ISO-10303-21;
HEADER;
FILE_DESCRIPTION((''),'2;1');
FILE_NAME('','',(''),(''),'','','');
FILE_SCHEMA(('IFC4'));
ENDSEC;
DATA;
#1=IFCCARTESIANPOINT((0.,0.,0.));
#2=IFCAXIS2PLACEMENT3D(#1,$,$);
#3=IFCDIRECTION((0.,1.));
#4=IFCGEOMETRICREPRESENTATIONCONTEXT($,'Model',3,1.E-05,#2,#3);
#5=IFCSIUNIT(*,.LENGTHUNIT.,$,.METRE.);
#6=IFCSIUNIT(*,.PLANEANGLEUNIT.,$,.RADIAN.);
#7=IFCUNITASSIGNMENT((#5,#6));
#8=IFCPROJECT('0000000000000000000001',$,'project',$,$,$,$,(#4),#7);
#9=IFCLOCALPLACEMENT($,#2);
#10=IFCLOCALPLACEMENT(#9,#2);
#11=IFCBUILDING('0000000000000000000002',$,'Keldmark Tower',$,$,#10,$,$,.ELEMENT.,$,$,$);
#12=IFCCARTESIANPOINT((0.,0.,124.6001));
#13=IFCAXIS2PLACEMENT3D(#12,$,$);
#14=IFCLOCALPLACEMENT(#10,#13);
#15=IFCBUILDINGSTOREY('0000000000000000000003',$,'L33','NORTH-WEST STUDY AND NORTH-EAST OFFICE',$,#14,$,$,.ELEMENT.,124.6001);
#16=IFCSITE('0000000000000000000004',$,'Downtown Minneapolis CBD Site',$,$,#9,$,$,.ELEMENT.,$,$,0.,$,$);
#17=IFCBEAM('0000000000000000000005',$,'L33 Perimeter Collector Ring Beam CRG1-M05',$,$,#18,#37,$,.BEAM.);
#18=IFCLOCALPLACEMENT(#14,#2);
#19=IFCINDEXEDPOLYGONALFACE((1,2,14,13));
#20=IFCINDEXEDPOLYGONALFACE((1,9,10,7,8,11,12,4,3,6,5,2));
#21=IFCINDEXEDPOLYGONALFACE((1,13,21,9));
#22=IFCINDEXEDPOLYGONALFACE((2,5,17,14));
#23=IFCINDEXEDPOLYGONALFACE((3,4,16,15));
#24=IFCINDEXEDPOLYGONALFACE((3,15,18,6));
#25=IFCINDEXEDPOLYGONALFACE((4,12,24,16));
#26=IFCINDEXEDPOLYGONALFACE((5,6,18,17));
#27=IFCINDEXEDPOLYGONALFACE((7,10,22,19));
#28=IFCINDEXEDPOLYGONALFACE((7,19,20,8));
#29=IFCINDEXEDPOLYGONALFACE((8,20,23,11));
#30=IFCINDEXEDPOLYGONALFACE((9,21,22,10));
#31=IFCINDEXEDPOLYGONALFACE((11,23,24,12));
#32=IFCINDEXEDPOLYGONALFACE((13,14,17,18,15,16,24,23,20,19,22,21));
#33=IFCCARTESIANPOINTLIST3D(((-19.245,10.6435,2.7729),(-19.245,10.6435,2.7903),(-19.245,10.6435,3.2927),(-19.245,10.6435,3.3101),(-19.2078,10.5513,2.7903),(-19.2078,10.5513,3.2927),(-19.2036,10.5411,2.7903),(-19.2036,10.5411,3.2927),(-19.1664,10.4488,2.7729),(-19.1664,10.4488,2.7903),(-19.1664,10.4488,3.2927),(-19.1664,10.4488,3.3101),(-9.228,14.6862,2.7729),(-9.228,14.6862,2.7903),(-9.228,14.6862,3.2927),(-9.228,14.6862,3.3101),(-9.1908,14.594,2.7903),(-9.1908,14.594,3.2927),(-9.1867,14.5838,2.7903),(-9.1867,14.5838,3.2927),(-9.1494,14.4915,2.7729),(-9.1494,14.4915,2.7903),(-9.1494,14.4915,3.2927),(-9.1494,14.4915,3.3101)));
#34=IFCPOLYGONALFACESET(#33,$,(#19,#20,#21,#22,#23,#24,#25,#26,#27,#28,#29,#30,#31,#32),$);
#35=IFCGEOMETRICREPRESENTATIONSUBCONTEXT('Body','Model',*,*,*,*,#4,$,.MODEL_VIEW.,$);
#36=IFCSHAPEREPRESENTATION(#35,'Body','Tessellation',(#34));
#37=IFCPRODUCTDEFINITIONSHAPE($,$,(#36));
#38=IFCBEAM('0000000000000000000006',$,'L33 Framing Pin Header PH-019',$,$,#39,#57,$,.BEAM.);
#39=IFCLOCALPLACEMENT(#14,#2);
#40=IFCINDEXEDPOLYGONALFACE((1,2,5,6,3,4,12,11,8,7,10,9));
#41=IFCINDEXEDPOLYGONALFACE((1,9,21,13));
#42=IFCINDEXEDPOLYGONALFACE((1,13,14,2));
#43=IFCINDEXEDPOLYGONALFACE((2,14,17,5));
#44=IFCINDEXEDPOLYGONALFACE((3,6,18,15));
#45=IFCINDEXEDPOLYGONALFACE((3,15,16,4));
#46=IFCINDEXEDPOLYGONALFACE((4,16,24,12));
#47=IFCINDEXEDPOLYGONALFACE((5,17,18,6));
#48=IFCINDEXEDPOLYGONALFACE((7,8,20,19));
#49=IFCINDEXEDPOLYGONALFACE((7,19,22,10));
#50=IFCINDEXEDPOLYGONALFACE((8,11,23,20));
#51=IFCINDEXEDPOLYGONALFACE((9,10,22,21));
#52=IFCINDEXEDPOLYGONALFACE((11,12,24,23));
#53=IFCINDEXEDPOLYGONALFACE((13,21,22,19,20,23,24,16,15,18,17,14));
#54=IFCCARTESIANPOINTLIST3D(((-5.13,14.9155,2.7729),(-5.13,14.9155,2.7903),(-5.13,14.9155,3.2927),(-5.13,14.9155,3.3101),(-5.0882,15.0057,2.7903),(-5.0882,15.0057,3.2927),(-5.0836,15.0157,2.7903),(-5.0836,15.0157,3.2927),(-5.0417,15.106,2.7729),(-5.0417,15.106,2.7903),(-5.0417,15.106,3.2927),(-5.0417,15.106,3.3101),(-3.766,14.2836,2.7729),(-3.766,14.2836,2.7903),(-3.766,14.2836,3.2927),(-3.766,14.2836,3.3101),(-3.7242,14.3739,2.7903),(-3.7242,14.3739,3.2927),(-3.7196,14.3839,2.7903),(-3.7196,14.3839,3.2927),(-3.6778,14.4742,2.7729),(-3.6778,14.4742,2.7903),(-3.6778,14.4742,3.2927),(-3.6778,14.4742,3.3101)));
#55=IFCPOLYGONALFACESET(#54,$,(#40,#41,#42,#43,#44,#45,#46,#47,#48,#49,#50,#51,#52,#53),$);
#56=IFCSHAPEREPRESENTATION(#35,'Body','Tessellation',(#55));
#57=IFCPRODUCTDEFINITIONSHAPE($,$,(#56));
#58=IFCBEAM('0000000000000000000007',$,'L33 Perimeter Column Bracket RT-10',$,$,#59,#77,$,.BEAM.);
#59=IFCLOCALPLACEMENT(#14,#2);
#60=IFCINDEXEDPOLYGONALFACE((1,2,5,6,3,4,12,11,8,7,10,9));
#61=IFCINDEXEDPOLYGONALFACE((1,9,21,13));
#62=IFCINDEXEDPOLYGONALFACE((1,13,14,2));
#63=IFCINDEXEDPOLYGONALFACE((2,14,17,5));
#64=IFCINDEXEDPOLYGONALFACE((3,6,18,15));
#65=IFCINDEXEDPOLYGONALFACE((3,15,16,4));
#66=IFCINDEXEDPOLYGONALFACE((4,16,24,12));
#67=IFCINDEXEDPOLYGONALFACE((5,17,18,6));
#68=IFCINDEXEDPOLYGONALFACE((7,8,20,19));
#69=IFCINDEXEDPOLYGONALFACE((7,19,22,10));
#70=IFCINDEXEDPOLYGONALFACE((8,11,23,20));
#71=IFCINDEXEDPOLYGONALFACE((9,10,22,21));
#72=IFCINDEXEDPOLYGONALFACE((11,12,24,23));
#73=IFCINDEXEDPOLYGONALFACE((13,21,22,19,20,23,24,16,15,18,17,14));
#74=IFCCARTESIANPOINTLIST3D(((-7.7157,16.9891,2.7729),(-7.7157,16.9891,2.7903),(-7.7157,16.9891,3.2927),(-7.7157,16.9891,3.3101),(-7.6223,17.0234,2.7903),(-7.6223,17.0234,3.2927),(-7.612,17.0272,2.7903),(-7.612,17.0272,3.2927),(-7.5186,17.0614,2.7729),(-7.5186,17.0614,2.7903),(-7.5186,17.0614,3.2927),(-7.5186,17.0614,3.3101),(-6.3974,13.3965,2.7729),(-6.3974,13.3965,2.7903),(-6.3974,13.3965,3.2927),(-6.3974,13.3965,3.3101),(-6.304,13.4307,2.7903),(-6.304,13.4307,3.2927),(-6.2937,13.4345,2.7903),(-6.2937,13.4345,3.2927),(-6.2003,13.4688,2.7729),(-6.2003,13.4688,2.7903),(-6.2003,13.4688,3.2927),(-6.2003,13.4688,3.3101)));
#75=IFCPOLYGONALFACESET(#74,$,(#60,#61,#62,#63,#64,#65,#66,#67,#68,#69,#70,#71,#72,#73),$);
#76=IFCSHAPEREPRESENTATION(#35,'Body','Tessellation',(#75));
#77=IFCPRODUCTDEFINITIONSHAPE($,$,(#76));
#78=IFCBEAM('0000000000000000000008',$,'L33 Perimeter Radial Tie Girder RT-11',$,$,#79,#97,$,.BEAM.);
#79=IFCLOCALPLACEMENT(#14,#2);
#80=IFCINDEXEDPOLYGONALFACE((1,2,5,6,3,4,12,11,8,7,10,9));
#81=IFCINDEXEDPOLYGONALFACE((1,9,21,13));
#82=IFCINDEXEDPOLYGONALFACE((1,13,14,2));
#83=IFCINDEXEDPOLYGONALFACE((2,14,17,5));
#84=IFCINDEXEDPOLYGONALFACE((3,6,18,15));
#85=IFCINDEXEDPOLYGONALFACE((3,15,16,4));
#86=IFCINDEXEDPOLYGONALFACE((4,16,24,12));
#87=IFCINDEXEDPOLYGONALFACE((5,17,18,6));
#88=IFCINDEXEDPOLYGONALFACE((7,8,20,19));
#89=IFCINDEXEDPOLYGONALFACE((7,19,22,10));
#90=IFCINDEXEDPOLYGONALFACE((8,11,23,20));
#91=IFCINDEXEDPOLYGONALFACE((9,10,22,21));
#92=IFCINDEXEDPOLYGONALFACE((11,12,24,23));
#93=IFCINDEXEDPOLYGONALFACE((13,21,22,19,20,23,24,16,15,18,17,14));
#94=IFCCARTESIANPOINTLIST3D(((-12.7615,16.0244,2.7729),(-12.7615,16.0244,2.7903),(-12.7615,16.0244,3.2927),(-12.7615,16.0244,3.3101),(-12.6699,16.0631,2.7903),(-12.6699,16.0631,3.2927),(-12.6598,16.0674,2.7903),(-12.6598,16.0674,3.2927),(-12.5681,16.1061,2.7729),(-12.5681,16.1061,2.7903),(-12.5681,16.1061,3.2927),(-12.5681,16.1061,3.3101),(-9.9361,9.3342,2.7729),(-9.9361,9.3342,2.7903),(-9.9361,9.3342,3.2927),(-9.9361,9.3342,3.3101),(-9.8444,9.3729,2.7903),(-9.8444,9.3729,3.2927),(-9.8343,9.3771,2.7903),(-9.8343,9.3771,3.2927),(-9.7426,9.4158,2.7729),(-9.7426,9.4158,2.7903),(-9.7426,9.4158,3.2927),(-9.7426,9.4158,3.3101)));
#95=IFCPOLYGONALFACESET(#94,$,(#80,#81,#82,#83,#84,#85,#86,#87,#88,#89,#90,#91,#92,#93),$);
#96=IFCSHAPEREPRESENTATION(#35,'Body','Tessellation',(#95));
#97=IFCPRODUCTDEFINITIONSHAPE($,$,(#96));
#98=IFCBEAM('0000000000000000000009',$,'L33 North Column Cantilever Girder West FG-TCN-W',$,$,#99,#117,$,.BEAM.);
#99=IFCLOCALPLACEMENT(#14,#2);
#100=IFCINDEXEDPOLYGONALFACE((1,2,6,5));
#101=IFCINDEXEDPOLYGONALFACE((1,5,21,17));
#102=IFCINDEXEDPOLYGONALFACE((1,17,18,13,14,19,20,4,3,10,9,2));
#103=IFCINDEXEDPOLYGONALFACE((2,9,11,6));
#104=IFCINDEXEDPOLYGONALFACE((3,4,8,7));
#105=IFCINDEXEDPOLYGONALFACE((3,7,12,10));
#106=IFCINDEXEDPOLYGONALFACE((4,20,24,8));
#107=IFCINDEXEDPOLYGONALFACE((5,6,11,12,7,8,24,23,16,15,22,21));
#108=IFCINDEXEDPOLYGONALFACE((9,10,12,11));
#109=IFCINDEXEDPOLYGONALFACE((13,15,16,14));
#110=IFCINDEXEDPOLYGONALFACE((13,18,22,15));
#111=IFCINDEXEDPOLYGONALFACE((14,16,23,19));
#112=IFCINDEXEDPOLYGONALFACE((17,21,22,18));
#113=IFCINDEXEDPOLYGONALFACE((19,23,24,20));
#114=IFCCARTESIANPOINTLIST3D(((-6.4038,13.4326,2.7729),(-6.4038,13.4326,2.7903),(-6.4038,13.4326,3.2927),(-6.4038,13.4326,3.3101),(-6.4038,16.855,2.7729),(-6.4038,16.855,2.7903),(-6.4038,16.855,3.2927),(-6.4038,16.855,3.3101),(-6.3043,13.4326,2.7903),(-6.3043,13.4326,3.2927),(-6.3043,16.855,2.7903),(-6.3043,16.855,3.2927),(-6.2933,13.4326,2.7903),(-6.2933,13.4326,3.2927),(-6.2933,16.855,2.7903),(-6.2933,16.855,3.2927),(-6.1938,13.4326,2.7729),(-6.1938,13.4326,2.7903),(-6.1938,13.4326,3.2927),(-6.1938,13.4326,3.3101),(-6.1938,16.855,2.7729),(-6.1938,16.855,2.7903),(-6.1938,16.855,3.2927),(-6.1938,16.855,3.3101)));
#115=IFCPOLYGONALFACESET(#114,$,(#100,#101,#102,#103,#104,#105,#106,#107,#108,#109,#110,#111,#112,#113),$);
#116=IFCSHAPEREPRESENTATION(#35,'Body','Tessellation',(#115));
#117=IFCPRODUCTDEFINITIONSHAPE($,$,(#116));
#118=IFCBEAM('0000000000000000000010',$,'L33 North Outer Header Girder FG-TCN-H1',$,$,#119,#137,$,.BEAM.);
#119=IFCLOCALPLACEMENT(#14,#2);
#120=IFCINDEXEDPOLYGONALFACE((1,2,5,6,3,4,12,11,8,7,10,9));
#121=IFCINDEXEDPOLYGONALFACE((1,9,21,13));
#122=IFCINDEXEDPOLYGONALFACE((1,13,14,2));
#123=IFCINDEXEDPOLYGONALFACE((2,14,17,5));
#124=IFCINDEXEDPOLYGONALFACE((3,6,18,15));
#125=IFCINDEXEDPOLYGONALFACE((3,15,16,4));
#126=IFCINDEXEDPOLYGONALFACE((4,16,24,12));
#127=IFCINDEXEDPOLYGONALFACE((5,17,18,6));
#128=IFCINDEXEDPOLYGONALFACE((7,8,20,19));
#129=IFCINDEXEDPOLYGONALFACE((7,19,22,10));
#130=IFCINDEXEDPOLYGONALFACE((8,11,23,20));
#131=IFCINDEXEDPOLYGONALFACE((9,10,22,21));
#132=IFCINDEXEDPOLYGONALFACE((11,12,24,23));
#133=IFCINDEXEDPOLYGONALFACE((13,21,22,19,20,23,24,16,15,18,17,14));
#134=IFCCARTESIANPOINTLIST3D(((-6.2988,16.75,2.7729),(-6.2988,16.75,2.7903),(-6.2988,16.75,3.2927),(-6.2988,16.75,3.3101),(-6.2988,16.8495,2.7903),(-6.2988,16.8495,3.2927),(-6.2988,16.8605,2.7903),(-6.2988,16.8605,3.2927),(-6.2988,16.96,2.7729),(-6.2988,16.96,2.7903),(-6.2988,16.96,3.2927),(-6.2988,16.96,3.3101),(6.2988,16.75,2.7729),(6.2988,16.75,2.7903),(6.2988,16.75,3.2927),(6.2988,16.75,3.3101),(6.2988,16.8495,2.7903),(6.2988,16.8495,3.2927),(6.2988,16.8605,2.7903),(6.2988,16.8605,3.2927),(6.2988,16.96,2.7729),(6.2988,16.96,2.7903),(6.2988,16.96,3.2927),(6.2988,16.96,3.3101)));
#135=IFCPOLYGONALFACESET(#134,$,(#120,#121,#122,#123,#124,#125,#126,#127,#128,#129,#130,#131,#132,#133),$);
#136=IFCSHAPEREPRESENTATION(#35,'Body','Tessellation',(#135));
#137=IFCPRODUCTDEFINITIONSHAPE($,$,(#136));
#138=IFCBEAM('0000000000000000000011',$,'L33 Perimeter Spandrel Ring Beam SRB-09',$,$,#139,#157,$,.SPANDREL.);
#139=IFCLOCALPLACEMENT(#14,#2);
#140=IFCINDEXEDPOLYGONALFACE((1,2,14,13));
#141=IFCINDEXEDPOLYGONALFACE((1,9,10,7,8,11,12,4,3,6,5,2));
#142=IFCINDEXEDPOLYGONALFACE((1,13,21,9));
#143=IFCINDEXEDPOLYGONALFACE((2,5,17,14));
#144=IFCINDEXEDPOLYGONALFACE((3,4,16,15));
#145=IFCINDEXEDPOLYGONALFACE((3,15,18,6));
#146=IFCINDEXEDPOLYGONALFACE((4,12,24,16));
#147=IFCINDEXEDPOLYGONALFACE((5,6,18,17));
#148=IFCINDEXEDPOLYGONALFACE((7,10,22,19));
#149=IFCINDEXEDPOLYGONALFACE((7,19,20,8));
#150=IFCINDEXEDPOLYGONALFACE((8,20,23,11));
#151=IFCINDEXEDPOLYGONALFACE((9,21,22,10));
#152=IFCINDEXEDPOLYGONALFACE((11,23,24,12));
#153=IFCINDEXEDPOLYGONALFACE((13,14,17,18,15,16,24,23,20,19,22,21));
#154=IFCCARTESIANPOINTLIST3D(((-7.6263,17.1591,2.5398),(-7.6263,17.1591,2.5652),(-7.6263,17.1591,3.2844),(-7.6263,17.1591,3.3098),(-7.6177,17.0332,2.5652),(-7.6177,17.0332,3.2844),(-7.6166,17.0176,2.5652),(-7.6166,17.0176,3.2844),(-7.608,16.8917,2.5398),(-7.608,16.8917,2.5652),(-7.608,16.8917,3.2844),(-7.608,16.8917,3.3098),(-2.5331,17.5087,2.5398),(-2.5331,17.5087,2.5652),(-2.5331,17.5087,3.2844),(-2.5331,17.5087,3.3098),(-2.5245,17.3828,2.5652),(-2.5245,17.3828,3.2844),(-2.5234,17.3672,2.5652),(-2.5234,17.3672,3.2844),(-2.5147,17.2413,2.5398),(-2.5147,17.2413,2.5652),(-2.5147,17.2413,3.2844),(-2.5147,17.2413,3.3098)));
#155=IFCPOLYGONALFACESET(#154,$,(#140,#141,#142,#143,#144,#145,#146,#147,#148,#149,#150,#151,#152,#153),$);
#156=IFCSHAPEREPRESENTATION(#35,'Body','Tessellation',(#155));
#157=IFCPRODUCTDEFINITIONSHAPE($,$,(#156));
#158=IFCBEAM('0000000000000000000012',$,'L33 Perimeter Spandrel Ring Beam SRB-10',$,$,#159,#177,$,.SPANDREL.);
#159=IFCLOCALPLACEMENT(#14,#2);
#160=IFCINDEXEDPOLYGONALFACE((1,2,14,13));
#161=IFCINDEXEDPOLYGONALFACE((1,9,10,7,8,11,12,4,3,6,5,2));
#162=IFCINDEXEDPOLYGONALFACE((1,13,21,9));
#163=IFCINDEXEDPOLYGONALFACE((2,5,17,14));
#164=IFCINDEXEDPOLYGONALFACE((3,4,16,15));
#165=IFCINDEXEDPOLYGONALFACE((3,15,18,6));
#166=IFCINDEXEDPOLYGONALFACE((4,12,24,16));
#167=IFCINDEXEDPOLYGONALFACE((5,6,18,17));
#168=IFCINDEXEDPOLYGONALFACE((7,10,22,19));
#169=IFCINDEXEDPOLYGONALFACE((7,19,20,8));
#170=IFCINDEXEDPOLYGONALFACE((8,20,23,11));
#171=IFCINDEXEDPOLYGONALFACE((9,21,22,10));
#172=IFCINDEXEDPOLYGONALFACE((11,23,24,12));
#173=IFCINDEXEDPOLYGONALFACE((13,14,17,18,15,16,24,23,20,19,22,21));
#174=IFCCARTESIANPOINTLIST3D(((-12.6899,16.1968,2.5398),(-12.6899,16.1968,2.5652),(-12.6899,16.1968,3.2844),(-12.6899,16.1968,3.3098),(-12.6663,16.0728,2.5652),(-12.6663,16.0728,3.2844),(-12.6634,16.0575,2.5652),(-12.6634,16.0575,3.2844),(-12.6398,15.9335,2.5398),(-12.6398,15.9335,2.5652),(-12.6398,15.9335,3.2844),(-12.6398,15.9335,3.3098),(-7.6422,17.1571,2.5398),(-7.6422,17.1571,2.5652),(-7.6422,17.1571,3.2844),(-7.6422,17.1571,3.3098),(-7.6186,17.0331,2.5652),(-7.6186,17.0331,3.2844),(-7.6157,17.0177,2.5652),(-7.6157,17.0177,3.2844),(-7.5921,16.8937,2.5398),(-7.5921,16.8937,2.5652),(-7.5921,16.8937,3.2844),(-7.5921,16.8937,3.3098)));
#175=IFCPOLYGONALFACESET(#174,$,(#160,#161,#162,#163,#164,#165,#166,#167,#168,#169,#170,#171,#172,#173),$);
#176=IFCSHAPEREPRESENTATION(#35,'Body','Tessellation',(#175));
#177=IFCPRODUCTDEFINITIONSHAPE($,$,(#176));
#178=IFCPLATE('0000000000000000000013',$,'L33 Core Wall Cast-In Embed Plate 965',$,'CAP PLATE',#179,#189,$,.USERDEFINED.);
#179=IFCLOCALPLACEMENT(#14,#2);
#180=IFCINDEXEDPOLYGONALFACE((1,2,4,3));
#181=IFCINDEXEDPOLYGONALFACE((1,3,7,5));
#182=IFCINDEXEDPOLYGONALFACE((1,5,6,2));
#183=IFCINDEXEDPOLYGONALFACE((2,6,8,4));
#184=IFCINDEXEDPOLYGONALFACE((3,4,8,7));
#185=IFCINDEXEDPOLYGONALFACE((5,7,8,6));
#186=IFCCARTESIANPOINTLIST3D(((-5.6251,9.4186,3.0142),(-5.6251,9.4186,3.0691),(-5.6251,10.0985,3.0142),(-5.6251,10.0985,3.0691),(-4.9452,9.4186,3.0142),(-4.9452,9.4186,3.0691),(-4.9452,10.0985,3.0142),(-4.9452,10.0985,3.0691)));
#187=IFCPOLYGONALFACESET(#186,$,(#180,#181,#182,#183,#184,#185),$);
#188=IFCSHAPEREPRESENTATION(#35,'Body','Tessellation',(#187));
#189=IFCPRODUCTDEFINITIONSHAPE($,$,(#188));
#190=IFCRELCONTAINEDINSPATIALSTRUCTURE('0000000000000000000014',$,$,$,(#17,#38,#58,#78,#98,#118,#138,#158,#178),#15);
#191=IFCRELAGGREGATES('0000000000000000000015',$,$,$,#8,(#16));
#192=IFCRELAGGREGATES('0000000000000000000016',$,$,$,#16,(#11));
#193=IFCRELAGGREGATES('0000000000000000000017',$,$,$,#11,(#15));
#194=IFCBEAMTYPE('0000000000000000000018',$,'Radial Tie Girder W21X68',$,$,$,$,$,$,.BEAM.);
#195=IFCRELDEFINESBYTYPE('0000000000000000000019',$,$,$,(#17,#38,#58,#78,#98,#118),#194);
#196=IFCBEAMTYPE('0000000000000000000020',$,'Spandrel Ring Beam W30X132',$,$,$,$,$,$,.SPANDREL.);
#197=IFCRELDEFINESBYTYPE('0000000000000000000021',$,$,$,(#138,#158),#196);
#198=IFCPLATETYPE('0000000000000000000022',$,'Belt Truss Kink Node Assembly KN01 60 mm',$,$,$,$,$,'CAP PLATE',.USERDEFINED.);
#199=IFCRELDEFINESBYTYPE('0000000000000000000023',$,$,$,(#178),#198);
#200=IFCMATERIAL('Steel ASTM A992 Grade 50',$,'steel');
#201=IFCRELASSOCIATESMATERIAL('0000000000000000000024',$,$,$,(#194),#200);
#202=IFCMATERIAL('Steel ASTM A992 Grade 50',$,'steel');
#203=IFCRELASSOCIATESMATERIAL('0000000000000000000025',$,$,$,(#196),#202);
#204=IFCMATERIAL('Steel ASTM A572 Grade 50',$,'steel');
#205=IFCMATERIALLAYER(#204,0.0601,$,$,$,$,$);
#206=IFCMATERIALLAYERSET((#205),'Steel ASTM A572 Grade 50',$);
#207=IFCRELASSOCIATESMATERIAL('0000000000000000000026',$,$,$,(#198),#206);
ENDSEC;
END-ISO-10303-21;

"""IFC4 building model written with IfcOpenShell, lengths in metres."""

from ifc_helpers import new_model, si_unit, direction, frame, origin, origin_2d, place, context, subcontext, project, spatial, rectangle, i_section, extrude, material, layer, layer_set, material_profile, profile_set, type_object, element, save


model = new_model("IFC4")

# Units and contexts
model_context = context("Model", 3, precision=1e-05, world=origin(), true_north=direction((0.0, 1.0)))
body_context = subcontext(model_context, "Body", "Model", "MODEL_VIEW")
ifc_project = project(units=[si_unit("LENGTHUNIT", "METRE"), si_unit("PLANEANGLEUNIT", "RADIAN")], contexts=[model_context])

# Site, building, storey
site_placement = place(None, origin())
site = spatial("IfcSite", under=ifc_project, at=site_placement, Name="Downtown Minneapolis CBD Site", CompositionType="ELEMENT", RefElevation=0.0)
building_placement = place(site_placement, origin())
building = spatial("IfcBuilding", under=site, at=building_placement, Name="Keldmark Tower", CompositionType="ELEMENT")
storey_placement = place(building_placement, frame((0.0, 0.0, 124.6001)))
storey = spatial("IfcBuildingStorey", under=building, at=storey_placement, Name="L33", Description="NORTH-WEST STUDY AND NORTH-EAST OFFICE", CompositionType="ELEMENT", Elevation=124.6001)

# Beams
ifc_material_1 = material(Name="Steel ASTM A992 Grade 50", Category="steel")
ifc_material_profile_1 = material_profile(ifc_material_1, i_section(OverallWidth=0.21, OverallDepth=0.5371, WebThickness=0.011, FlangeThickness=0.0173, at=origin_2d()), Name="W21X68")
ifc_profile_set_1 = profile_set([ifc_material_profile_1], Name="Steel ASTM A992 Grade 50")
beam_type_1 = type_object("IfcBeamType", Name="Radial Tie Girder W21X68", PredefinedType="BEAM", material=ifc_profile_set_1)
beam_1_placement = place(storey_placement, frame((-9.1887, 14.5889, 3.0415), z_axis=(-0.927327, -0.374253, 0.0), x_axis=(0.374253, -0.927327, 0.0)))
element("IfcBeam", 1, at=beam_1_placement, inside=storey, type_object=beam_type_1, Name="L33 Perimeter Collector Ring Beam CRG1-M05", PredefinedType="BEAM", context=body_context, shape_type="SweptSolid", body=[
    extrude(i_section(OverallWidth=0.21, OverallDepth=0.5371, WebThickness=0.011, FlangeThickness=0.0173, at=origin_2d()), origin(), (0.0, 0.0, 1.0), 10.802),
])
beam_2_placement = place(storey_placement, frame((-3.7219, 14.3789, 3.0415), z_axis=(-0.907379, 0.420314, 0.0), x_axis=(-0.420314, -0.907379, 0.0)))
element("IfcBeam", 2, at=beam_2_placement, inside=storey, type_object=beam_type_1, Name="L33 Framing Pin Header PH-019", PredefinedType="BEAM", context=body_context, shape_type="SweptSolid", body=[
    extrude(i_section(OverallWidth=0.21, OverallDepth=0.5371, WebThickness=0.011, FlangeThickness=0.0173, at=origin_2d()), origin(), (0.0, 0.0, 1.0), 1.5032),
])
beam_3_placement = place(storey_placement, frame((-6.2988, 13.4326, 3.0415), z_axis=(-0.344487, 0.938791, 0.0), x_axis=(-0.938791, -0.344487, 0.0)))
element("IfcBeam", 3, at=beam_3_placement, inside=storey, type_object=beam_type_1, Name="L33 Perimeter Column Bracket RT-10", PredefinedType="BEAM", context=body_context, shape_type="SweptSolid", body=[
    extrude(i_section(OverallWidth=0.21, OverallDepth=0.5371, WebThickness=0.011, FlangeThickness=0.0173, at=origin_2d()), origin(), (0.0, 0.0, 1.0), 3.8269),
])
beam_4_placement = place(storey_placement, frame((-9.8394, 9.375, 3.0415), z_axis=(-0.389053, 0.921215, 0.0), x_axis=(-0.921215, -0.389053, 0.0)))
element("IfcBeam", 4, at=beam_4_placement, inside=storey, type_object=beam_type_1, Name="L33 Perimeter Radial Tie Girder RT-11", PredefinedType="BEAM", context=body_context, shape_type="SweptSolid", body=[
    extrude(i_section(OverallWidth=0.21, OverallDepth=0.5371, WebThickness=0.011, FlangeThickness=0.0173, at=origin_2d()), origin(), (0.0, 0.0, 1.0), 7.2625),
])
beam_5_placement = place(storey_placement, frame((-6.2988, 13.4326, 3.0415), z_axis=(0.0, 1.0, 0.0), x_axis=(-1.0, 0.0, 0.0)))
element("IfcBeam", 5, at=beam_5_placement, inside=storey, type_object=beam_type_1, Name="L33 North Column Cantilever Girder West FG-TCN-W", PredefinedType="BEAM", context=body_context, shape_type="SweptSolid", body=[
    extrude(i_section(OverallWidth=0.21, OverallDepth=0.5371, WebThickness=0.011, FlangeThickness=0.0173, at=origin_2d()), origin(), (0.0, 0.0, 1.0), 3.4224),
])
beam_6_placement = place(storey_placement, frame((-6.2988, 16.855, 3.0415), z_axis=(1.0, 0.0, 0.0), x_axis=(0.0, 1.0, 0.0)))
element("IfcBeam", 6, at=beam_6_placement, inside=storey, type_object=beam_type_1, Name="L33 North Outer Header Girder FG-TCN-H1", PredefinedType="BEAM", context=body_context, shape_type="SweptSolid", body=[
    extrude(i_section(OverallWidth=0.21, OverallDepth=0.5371, WebThickness=0.011, FlangeThickness=0.0173, at=origin_2d()), origin(), (0.0, 0.0, 1.0), 12.5977),
])
ifc_material_2 = material(Name="Steel ASTM A992 Grade 50", Category="steel")
ifc_material_profile_2 = material_profile(ifc_material_2, i_section(OverallWidth=0.2681, OverallDepth=0.77, WebThickness=0.0156, FlangeThickness=0.0254, at=origin_2d()), Name="W30X132")
ifc_profile_set_2 = profile_set([ifc_material_profile_2], Name="Steel ASTM A992 Grade 50")
beam_type_2 = type_object("IfcBeamType", Name="Spandrel Ring Beam W30X132", PredefinedType="SPANDREL", material=ifc_profile_set_2)
beam_7_placement = place(storey_placement, frame((-2.5239, 17.375, 2.9248), z_axis=(-0.997652, -0.06848, 0.0), x_axis=(0.06848, -0.997652, 0.0)))
element("IfcBeam", 7, at=beam_7_placement, inside=storey, type_object=beam_type_2, Name="L33 Perimeter Spandrel Ring Beam SRB-09", PredefinedType="SPANDREL", context=body_context, shape_type="SweptSolid", body=[
    extrude(i_section(OverallWidth=0.2681, OverallDepth=0.77, WebThickness=0.0156, FlangeThickness=0.0254, at=origin_2d()), origin(), (0.0, 0.0, 1.0), 5.1052),
])
beam_8_placement = place(storey_placement, frame((-7.6172, 17.0254, 2.9248), z_axis=(-0.982383, -0.186878, 0.0), x_axis=(0.186878, -0.982383, 0.0)))
element("IfcBeam", 8, at=beam_8_placement, inside=storey, type_object=beam_type_2, Name="L33 Perimeter Spandrel Ring Beam SRB-10", PredefinedType="SPANDREL", context=body_context, shape_type="SweptSolid", body=[
    extrude(i_section(OverallWidth=0.2681, OverallDepth=0.77, WebThickness=0.0156, FlangeThickness=0.0254, at=origin_2d()), origin(), (0.0, 0.0, 1.0), 5.1382),
])

# Plate
ifc_material_3 = material(Name="Steel ASTM A572 Grade 50", Category="steel")
ifc_layer_1 = layer(ifc_material_3, 0.0601)
ifc_layer_set_1 = layer_set([ifc_layer_1], Name="Steel ASTM A572 Grade 50")
plate_type_1 = type_object("IfcPlateType", Name="Belt Truss Kink Node Assembly KN01 60 mm", ElementType="CAP PLATE", PredefinedType="USERDEFINED", material=ifc_layer_set_1)
for number, where, z_axis, x_axis, name in (
    (9, (-5.2852, 9.7585, 3.0142), (0.0, 0.0, 1.0), (1.0, 0.0, 0.0), "L33 Core Wall Cast-In Embed Plate 965"),
):
    element("IfcPlate", number, at=place(storey_placement, frame(where, z_axis=z_axis, x_axis=x_axis)), inside=storey, type_object=plate_type_1, Name=name, ObjectType="CAP PLATE", PredefinedType="USERDEFINED", context=body_context, shape_type="SweptSolid", body=[
        extrude(rectangle(XDim=0.6799, YDim=0.6799, at=origin_2d()), origin(), (0.0, 0.0, 1.0), 0.0549),
    ])

save(model, "model.ifc")
